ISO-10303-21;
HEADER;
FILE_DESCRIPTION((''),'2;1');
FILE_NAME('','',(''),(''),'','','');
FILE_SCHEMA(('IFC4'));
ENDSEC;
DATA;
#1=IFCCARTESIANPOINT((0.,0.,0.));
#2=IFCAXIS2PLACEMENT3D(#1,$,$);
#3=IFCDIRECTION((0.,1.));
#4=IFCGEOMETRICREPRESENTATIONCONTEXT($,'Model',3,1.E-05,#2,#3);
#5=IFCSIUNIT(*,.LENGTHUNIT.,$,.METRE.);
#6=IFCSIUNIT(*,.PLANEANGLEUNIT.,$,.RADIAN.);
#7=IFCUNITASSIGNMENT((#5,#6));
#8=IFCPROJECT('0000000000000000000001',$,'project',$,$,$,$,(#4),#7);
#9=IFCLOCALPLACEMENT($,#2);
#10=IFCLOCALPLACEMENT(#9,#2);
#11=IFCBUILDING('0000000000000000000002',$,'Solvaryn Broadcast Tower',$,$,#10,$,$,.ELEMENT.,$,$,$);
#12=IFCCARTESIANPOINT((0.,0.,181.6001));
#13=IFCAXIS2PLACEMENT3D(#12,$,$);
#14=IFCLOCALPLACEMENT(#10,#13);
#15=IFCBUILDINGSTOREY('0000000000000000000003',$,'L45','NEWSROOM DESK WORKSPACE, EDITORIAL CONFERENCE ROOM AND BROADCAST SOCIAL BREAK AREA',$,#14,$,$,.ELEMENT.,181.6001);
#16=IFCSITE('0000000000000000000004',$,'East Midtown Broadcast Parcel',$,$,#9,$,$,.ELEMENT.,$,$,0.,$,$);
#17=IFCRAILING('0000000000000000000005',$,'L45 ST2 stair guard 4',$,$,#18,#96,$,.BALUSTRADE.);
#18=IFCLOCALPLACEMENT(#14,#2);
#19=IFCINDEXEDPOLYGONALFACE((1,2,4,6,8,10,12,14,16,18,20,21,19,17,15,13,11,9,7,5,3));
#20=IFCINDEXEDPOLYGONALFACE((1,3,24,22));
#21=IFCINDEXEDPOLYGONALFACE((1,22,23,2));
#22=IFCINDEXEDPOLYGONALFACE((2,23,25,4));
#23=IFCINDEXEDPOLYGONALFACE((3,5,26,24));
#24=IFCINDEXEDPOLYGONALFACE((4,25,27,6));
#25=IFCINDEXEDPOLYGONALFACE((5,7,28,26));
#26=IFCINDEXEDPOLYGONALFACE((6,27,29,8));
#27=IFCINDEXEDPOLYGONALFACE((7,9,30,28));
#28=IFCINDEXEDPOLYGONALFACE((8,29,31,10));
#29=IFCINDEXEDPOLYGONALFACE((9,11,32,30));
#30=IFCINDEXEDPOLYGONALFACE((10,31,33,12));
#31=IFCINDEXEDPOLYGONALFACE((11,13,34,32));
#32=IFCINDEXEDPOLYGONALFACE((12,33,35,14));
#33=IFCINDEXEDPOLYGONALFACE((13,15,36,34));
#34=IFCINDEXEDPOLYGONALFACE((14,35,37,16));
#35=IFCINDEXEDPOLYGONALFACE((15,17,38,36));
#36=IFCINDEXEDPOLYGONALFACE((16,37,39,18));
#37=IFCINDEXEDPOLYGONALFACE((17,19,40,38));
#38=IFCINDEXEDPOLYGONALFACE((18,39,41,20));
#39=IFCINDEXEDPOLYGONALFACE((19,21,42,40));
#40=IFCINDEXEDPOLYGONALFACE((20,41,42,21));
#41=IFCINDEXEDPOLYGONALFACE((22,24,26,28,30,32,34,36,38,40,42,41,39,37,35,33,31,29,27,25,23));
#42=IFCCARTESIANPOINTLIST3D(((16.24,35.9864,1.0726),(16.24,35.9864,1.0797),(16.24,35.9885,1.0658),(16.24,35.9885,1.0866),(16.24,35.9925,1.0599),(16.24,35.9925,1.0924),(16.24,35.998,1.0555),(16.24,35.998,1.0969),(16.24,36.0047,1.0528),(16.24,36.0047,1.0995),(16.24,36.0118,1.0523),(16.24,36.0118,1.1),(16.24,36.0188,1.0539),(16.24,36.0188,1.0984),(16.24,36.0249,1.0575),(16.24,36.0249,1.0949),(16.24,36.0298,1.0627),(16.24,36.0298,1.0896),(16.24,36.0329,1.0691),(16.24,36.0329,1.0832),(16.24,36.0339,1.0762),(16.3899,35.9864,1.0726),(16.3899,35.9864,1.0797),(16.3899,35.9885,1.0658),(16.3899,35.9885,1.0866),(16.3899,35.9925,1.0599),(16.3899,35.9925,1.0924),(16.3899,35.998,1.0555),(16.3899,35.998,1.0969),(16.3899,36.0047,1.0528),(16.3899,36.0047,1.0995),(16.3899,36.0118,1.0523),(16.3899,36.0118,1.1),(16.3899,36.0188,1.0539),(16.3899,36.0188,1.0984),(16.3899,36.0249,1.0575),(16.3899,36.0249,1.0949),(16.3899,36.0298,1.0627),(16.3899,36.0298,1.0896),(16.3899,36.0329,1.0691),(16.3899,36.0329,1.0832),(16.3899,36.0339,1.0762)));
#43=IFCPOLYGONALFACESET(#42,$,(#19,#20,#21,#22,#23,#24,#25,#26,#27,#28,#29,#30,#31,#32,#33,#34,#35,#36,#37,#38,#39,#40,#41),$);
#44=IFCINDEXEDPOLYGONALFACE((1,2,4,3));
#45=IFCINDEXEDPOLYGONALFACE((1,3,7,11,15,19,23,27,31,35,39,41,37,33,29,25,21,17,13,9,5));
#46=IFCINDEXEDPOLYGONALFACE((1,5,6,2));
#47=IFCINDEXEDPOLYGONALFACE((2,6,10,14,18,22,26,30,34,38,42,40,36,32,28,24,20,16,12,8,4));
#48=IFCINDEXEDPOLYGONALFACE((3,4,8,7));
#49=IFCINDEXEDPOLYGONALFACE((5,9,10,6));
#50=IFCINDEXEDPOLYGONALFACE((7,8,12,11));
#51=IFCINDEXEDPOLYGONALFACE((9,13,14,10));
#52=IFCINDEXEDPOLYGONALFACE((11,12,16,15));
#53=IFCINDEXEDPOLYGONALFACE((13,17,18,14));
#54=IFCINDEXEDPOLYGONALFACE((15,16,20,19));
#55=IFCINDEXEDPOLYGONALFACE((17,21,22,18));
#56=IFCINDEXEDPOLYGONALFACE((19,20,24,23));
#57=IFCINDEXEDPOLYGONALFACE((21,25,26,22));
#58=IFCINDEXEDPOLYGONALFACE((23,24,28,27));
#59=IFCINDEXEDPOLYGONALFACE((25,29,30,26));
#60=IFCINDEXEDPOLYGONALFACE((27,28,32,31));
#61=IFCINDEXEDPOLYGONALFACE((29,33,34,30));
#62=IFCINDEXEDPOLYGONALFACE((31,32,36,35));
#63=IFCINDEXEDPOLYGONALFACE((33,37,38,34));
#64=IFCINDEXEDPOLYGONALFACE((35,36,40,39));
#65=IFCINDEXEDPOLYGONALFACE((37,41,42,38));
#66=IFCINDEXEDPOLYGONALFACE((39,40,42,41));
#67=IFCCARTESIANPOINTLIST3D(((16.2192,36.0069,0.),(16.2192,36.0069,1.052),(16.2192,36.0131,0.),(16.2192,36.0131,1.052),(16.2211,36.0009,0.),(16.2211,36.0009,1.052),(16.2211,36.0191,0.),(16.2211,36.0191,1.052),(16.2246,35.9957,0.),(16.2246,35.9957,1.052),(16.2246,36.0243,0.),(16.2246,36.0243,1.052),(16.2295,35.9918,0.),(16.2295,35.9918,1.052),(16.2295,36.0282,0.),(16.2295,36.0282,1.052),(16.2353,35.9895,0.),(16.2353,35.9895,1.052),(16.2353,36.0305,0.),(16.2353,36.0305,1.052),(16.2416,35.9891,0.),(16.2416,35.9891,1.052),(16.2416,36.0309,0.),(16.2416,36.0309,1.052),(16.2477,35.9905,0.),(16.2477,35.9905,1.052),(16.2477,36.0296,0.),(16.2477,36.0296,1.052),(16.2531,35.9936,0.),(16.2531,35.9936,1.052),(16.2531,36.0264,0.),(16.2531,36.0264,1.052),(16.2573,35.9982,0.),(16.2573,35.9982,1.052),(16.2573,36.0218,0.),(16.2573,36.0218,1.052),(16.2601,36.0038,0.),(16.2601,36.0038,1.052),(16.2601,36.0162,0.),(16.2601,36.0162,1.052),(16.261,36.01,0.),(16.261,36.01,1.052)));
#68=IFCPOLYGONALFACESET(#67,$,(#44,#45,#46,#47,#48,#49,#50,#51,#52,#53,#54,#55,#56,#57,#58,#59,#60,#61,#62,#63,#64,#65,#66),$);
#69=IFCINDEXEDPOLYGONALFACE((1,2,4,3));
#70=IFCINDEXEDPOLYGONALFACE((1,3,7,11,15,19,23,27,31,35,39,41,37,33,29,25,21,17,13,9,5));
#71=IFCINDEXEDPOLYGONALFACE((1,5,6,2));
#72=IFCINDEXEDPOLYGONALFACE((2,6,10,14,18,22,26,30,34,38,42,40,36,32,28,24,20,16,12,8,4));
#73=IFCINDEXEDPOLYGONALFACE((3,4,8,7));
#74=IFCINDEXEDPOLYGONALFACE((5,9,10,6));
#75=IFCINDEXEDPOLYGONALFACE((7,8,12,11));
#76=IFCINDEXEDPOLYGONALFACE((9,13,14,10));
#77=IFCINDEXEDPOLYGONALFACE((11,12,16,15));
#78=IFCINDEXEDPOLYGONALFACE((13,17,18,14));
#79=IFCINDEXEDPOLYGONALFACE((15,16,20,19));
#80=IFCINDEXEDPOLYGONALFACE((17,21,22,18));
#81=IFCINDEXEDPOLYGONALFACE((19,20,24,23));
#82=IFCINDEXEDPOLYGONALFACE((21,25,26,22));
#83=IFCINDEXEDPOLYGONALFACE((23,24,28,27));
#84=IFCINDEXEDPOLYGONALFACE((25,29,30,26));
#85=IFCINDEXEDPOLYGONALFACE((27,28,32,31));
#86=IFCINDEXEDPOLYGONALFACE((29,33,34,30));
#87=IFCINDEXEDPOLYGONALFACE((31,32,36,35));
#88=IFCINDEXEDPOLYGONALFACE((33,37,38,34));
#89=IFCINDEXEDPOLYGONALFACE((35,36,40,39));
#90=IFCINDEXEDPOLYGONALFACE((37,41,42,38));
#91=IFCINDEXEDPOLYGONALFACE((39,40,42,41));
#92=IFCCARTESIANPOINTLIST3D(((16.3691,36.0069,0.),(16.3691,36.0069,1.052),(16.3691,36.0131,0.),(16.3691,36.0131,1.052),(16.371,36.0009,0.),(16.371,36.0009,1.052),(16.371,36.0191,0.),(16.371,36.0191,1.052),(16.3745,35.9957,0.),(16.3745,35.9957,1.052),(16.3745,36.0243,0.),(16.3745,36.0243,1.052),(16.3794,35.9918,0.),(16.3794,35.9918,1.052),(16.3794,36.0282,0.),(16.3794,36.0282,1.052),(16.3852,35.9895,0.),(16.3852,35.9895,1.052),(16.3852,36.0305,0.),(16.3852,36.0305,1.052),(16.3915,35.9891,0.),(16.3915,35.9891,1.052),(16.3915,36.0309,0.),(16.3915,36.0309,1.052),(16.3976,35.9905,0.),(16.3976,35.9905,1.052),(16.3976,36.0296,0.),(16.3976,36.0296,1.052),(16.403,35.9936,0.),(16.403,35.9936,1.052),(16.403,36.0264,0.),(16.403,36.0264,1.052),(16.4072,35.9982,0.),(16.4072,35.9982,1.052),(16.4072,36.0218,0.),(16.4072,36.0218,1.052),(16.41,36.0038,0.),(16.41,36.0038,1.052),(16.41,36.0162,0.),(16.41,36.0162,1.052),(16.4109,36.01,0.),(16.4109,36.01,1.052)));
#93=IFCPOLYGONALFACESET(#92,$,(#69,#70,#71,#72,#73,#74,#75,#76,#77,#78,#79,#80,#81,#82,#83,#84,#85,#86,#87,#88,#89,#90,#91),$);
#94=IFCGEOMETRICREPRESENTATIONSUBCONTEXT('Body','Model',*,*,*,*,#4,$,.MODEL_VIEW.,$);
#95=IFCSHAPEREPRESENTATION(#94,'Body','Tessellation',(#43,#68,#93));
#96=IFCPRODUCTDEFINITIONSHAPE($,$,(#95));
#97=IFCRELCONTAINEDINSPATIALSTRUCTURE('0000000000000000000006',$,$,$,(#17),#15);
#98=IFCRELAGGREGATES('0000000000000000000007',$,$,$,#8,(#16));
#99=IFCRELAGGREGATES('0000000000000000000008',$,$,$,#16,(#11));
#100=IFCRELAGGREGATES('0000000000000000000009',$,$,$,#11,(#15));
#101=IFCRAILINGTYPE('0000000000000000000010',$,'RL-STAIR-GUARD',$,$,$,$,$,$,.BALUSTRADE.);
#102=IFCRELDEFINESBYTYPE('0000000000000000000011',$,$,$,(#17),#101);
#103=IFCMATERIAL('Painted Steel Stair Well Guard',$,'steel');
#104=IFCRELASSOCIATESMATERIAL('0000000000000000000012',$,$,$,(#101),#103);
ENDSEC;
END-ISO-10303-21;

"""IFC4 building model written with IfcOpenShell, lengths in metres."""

from ifc_helpers import new_model, si_unit, direction, frame, origin, origin_2d, place, context, subcontext, project, spatial, circle, extrude, material, type_object, element, save


model = new_model("IFC4")

# Units and contexts
model_context = context("Model", 3, precision=1e-05, world=origin(), true_north=direction((0.0, 1.0)))
body_context = subcontext(model_context, "Body", "Model", "MODEL_VIEW")
ifc_project = project(units=[si_unit("LENGTHUNIT", "METRE"), si_unit("PLANEANGLEUNIT", "RADIAN")], contexts=[model_context])

# Site, building, storey
site_placement = place(None, origin())
site = spatial("IfcSite", under=ifc_project, at=site_placement, Name="East Midtown Broadcast Parcel", CompositionType="ELEMENT", RefElevation=0.0)
building_placement = place(site_placement, origin())
building = spatial("IfcBuilding", under=site, at=building_placement, Name="Solvaryn Broadcast Tower", CompositionType="ELEMENT")
storey_placement = place(building_placement, frame((0.0, 0.0, 181.6001)))
storey = spatial("IfcBuildingStorey", under=building, at=storey_placement, Name="L45", Description="NEWSROOM DESK WORKSPACE, EDITORIAL CONFERENCE ROOM AND BROADCAST SOCIAL BREAK AREA", CompositionType="ELEMENT", Elevation=181.6001)

# Railing
ifc_material_1 = material(Name="Painted Steel Stair Well Guard", Category="steel")
railing_type_1 = type_object("IfcRailingType", Name="RL-STAIR-GUARD", PredefinedType="BALUSTRADE", material=ifc_material_1)
railing_1_placement = place(storey_placement, frame((16.24, 36.01, 0.0)))
element("IfcRailing", 1, at=railing_1_placement, inside=storey, type_object=railing_type_1, Name="L45 ST2 stair guard 4", PredefinedType="BALUSTRADE", context=body_context, shape_type="SweptSolid", body=[
    extrude(circle(Radius=0.0239, at=origin_2d()), frame((0.0, 0.0, 1.0762), z_axis=(1.0, 0.0, 0.0), x_axis=(0.0, 1.0, 0.0)), (0.0, 0.0, 1.0), 0.1499),
    extrude(circle(Radius=0.021, at=origin_2d()), origin(), (0.0, 0.0, 1.0), 1.052),
    extrude(circle(Radius=0.021, at=origin_2d()), frame((0.1499, 0.0, 0.0)), (0.0, 0.0, 1.0), 1.052),
])

save(model, "model.ifc")
